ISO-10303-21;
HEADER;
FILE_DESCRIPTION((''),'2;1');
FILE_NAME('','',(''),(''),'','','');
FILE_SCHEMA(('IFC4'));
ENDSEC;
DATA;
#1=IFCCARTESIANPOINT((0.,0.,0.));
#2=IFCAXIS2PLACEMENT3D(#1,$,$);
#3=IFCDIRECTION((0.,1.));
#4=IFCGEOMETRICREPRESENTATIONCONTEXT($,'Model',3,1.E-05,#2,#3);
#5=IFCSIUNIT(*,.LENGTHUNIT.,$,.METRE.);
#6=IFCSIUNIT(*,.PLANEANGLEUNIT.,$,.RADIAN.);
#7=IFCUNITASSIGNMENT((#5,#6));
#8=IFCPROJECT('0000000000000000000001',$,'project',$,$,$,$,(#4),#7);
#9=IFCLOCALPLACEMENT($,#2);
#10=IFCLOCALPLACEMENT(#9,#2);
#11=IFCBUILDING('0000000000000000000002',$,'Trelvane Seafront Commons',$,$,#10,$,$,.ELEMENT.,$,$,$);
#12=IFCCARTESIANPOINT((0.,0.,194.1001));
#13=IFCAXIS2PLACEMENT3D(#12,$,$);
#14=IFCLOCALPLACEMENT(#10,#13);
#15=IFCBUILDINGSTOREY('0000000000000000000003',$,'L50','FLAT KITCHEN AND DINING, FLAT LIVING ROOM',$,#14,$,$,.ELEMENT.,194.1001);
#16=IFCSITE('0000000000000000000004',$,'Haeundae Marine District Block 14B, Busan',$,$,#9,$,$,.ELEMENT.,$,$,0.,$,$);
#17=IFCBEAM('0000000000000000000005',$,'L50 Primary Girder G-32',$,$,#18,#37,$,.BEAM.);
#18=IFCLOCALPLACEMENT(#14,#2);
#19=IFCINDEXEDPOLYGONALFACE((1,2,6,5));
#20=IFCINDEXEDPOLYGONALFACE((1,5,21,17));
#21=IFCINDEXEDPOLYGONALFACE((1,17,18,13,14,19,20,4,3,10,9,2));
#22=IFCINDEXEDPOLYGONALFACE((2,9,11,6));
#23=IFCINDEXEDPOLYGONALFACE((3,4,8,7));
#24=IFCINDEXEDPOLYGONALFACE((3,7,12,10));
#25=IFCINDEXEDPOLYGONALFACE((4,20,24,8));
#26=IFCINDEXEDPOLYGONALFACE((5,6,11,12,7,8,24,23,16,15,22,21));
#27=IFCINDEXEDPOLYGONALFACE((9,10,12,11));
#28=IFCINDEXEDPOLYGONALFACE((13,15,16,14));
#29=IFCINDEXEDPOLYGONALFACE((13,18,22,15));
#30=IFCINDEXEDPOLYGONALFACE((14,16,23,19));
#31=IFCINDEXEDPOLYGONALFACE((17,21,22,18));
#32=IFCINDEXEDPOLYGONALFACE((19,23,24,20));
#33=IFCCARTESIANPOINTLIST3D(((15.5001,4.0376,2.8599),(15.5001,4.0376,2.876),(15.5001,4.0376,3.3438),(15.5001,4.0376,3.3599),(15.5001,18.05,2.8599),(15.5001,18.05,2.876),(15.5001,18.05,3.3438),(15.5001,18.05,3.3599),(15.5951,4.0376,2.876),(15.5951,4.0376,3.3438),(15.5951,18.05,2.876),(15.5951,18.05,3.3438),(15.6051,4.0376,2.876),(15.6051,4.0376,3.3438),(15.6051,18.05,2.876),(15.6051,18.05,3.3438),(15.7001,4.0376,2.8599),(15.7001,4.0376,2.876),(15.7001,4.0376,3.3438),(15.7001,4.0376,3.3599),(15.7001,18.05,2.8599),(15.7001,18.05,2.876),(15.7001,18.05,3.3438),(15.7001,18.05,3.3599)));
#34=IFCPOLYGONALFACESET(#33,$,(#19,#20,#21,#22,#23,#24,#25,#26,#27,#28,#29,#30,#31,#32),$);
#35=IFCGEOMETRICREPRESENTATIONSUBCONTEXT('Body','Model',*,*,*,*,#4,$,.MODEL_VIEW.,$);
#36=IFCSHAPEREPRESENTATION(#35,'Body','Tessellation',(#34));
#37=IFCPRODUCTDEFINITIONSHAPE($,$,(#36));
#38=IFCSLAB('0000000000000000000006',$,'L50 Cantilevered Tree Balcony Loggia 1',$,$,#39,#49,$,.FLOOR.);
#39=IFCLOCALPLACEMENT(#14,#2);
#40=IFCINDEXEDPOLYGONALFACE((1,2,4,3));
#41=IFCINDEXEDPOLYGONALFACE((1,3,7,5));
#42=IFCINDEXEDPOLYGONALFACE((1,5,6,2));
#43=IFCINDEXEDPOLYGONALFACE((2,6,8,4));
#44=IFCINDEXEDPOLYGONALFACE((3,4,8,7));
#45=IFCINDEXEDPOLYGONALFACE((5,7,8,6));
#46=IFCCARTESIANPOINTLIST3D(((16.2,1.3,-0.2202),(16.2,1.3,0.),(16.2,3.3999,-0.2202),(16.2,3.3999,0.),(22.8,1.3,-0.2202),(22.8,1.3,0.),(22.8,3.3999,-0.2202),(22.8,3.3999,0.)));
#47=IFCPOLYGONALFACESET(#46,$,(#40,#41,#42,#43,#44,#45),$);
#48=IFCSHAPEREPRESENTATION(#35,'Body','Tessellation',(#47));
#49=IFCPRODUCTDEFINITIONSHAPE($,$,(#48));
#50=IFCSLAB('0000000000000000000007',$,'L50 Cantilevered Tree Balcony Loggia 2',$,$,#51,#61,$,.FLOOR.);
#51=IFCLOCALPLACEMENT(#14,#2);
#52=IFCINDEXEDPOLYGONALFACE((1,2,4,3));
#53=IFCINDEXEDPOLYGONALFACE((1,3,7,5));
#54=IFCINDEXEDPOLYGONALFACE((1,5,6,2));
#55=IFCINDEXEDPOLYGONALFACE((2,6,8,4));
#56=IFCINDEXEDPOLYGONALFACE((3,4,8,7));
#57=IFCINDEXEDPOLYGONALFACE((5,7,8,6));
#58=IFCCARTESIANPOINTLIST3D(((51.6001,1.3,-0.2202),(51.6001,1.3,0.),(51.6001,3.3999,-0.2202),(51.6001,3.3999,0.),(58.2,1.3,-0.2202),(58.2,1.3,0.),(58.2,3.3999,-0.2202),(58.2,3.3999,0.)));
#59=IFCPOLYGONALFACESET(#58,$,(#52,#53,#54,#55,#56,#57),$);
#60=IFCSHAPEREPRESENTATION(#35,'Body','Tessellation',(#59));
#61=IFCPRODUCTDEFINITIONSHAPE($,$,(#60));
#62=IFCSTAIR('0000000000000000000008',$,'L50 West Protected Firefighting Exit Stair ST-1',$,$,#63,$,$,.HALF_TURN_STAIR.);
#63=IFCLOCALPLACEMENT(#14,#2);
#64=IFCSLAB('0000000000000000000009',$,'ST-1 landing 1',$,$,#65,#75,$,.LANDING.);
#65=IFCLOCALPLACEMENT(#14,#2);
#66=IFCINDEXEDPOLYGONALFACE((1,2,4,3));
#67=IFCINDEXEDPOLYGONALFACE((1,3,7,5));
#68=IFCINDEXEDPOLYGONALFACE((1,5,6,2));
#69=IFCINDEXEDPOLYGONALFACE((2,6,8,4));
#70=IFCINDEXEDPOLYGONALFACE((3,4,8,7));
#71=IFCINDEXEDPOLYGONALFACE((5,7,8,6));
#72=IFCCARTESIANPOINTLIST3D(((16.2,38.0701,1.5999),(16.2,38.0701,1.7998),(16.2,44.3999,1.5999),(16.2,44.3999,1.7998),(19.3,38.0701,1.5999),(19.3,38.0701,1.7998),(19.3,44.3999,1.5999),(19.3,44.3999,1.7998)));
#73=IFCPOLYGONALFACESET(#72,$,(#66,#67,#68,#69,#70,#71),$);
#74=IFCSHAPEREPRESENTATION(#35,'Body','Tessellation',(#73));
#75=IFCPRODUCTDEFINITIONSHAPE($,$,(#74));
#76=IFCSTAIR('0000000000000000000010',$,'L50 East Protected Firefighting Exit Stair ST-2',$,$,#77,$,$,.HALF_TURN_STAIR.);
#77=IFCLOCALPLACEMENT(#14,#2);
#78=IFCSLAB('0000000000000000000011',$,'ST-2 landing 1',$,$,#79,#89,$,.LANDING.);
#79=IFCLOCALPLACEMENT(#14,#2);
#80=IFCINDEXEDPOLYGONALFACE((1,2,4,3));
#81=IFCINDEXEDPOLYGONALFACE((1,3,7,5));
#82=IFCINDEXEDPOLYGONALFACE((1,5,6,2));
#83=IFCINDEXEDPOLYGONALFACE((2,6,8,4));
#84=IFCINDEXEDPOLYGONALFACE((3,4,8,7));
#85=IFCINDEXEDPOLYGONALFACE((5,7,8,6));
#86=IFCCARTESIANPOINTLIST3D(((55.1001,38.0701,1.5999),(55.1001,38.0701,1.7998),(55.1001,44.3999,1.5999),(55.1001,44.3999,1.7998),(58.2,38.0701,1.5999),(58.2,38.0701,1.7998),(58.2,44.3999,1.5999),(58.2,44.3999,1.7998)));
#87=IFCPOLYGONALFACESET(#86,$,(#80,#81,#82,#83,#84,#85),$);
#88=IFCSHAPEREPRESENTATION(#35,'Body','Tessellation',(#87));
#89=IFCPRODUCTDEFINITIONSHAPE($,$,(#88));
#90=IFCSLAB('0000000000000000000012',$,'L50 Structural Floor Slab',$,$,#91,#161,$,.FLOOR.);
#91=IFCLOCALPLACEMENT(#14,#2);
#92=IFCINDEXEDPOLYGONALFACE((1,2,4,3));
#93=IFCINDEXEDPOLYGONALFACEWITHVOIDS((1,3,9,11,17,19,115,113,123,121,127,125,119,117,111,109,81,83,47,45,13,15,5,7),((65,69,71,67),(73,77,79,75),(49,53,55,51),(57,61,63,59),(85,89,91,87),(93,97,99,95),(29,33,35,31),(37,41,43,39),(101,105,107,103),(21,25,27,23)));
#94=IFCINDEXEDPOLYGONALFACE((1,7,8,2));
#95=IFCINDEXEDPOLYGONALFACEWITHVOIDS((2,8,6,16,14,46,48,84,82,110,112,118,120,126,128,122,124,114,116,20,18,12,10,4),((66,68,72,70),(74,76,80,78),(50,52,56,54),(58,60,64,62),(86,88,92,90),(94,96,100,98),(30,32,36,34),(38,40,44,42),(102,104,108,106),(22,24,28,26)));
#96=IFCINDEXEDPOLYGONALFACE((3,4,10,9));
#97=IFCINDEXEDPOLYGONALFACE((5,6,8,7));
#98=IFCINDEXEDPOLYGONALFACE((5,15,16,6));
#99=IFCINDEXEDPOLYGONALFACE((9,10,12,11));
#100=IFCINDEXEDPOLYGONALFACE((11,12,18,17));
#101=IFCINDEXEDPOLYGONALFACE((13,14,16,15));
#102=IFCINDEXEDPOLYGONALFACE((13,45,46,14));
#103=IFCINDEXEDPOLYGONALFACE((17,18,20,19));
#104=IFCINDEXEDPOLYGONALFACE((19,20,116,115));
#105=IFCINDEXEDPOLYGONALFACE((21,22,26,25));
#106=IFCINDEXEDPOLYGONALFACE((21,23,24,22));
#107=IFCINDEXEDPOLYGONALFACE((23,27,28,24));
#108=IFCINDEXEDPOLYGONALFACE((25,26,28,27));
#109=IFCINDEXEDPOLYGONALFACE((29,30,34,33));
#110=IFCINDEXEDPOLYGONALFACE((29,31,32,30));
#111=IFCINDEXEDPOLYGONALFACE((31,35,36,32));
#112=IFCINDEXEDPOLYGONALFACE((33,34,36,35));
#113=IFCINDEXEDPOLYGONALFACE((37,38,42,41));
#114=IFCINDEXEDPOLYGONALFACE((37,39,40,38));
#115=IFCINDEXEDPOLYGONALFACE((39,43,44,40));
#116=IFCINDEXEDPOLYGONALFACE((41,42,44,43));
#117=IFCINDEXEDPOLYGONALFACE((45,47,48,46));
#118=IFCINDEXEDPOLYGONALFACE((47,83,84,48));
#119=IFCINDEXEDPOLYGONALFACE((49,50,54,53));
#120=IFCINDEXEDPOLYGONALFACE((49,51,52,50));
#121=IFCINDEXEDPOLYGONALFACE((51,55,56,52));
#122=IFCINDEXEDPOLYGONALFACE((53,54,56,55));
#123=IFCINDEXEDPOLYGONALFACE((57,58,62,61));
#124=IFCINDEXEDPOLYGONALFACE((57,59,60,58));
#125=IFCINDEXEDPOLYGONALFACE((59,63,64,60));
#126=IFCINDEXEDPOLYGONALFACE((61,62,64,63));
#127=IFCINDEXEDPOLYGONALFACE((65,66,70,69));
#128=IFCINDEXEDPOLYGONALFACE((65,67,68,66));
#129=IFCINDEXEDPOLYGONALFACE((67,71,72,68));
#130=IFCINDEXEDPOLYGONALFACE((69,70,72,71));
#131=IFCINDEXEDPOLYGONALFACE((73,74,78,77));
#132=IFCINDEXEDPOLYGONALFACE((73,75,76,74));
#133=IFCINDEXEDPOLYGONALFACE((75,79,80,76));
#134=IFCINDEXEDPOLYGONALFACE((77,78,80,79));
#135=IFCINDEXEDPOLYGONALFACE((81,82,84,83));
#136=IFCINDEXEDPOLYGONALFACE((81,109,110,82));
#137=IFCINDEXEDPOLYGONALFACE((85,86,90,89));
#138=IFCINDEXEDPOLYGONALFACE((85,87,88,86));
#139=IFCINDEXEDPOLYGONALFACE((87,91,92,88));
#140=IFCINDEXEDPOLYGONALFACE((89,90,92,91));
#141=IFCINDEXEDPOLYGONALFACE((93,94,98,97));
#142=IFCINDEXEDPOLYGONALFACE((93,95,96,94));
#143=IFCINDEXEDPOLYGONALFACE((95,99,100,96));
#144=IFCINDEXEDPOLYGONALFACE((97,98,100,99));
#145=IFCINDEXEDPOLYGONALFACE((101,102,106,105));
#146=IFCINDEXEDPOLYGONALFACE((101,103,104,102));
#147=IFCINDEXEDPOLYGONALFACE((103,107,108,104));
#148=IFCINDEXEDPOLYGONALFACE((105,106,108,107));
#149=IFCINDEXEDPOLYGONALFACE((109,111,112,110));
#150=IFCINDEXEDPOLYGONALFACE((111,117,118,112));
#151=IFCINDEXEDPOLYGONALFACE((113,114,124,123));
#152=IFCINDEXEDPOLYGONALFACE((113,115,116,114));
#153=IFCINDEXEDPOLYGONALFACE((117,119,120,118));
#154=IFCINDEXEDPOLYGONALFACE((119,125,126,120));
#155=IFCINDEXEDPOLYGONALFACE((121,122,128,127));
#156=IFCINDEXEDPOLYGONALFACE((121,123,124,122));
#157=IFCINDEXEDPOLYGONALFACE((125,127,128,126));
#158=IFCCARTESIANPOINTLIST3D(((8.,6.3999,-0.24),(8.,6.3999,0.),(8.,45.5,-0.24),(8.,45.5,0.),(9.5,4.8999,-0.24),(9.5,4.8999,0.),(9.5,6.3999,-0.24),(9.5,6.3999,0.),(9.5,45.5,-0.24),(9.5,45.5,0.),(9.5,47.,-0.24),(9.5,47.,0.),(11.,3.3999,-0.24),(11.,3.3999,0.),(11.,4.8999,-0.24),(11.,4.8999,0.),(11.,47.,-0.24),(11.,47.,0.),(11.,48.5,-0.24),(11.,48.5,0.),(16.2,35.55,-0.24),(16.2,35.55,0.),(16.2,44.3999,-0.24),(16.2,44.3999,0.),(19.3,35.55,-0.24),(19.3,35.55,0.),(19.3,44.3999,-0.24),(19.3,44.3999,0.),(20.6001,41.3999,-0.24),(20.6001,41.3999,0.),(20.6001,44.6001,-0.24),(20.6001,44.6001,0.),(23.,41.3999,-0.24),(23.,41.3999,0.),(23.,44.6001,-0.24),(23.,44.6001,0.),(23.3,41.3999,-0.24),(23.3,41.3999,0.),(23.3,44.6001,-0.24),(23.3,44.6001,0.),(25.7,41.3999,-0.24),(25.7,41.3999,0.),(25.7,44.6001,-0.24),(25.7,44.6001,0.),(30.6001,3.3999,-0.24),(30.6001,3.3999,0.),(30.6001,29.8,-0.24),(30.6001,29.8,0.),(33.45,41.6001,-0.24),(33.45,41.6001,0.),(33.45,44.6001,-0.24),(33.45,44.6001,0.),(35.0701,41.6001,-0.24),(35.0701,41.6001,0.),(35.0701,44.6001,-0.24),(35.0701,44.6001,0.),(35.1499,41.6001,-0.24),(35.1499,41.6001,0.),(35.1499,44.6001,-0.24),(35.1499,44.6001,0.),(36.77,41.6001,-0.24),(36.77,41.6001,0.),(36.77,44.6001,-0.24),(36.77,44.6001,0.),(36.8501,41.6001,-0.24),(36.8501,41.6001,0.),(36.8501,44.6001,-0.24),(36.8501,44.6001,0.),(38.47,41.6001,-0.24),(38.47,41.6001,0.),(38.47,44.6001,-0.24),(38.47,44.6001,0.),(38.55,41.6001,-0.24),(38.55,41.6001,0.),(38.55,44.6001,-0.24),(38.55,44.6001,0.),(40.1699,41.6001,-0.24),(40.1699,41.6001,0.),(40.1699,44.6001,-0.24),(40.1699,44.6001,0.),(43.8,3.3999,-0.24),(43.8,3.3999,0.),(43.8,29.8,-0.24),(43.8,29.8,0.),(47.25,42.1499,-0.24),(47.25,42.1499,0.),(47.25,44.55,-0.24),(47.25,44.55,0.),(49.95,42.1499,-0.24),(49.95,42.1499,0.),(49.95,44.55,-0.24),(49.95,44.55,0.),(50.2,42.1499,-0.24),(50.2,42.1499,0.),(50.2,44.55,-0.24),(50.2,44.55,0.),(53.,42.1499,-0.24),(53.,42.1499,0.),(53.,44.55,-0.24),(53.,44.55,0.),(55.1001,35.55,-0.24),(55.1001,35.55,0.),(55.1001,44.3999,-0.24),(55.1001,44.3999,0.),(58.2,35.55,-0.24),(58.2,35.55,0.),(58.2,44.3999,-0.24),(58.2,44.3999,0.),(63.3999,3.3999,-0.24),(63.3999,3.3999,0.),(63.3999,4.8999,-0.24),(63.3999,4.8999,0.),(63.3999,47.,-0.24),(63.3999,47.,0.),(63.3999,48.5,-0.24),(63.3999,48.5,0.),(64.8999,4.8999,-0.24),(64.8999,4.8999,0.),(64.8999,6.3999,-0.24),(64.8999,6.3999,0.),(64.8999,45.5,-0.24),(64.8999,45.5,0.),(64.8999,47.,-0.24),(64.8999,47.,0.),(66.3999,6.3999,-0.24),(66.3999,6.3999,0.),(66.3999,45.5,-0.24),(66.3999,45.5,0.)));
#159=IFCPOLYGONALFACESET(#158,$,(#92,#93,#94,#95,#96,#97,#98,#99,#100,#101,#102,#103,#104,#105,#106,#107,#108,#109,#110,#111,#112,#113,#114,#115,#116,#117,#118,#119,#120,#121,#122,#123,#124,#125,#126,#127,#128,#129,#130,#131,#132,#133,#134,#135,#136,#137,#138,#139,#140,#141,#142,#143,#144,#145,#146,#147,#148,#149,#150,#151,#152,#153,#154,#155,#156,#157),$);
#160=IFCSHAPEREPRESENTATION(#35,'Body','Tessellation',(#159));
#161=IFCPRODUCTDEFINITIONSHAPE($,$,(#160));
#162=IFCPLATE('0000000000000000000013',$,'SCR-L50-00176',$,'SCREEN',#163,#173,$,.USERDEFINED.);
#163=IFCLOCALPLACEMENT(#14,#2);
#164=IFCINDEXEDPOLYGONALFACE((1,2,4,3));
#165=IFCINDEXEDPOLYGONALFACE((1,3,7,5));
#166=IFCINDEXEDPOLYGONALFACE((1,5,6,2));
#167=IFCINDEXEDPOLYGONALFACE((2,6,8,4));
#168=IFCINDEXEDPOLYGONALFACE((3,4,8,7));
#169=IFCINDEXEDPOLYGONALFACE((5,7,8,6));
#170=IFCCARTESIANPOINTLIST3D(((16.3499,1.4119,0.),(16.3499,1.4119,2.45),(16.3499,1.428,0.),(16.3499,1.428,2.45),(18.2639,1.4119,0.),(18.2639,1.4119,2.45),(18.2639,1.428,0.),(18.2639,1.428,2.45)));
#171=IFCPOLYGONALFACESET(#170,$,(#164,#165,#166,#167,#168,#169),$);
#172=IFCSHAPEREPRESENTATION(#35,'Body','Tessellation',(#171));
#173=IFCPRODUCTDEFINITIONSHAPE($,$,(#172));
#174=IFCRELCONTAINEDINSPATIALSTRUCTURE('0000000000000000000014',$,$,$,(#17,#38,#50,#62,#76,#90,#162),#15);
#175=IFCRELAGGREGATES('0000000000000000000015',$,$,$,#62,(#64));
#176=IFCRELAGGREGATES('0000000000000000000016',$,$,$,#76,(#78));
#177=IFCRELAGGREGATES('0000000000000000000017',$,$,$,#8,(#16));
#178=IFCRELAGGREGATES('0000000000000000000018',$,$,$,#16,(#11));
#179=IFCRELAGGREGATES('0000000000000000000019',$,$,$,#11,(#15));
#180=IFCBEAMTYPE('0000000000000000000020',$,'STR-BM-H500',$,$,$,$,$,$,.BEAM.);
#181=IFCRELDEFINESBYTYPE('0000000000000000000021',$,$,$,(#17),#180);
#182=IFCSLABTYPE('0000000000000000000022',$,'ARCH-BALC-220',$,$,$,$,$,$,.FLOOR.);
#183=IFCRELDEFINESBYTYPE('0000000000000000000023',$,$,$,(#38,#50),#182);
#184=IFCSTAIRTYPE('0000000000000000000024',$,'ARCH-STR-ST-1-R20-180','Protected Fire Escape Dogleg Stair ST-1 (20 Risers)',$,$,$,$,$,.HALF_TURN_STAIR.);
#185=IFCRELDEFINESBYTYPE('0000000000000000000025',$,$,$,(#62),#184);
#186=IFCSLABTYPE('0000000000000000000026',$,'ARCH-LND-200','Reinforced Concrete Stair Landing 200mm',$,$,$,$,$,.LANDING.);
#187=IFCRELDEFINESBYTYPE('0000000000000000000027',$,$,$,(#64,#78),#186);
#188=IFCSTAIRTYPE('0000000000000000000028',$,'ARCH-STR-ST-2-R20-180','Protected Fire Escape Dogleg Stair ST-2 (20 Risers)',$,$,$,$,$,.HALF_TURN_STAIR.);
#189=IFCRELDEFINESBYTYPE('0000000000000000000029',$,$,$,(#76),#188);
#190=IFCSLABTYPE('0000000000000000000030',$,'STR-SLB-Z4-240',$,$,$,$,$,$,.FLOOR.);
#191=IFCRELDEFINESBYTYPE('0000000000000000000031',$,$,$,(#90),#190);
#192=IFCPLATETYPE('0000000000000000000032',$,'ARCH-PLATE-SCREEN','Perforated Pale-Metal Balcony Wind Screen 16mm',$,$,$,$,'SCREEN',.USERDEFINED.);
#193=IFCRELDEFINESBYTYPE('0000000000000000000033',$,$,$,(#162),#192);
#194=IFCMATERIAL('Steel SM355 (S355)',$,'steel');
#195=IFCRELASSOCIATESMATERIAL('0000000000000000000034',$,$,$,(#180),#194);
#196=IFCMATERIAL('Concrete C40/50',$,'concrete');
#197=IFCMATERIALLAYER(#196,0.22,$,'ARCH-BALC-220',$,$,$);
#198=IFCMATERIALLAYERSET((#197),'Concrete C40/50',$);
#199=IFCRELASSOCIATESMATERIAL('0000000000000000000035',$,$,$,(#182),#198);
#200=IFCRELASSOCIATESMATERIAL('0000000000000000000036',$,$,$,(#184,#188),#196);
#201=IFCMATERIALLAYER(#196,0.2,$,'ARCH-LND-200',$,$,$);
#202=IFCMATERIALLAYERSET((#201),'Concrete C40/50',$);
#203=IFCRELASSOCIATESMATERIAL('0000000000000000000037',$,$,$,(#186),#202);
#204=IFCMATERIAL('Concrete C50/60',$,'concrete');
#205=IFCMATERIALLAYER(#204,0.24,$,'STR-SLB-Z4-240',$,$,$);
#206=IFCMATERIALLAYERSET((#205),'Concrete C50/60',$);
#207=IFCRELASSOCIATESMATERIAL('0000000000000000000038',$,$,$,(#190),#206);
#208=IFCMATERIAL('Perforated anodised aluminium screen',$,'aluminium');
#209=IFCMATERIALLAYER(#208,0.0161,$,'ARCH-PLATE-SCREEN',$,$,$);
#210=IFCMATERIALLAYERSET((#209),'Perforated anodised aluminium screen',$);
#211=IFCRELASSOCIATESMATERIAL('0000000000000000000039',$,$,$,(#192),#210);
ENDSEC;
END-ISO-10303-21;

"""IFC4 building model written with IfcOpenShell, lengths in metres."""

from ifc_helpers import new_model, si_unit, direction, frame, origin, origin_2d, place, context, subcontext, project, spatial, polyline, rectangle, i_section, outline, extrude, source, transform, mapped, material, layer, layer_set, material_profile, profile_set, type_object, element, aggregate, save


model = new_model("IFC4")

# Units and contexts
model_context = context("Model", 3, precision=1e-05, world=origin(), true_north=direction((0.0, 1.0)))
body_context = subcontext(model_context, "Body", "Model", "MODEL_VIEW")
ifc_project = project(units=[si_unit("LENGTHUNIT", "METRE"), si_unit("PLANEANGLEUNIT", "RADIAN")], contexts=[model_context])

# Site, building, storey
site_placement = place(None, origin())
site = spatial("IfcSite", under=ifc_project, at=site_placement, Name="Haeundae Marine District Block 14B, Busan", CompositionType="ELEMENT", RefElevation=0.0)
building_placement = place(site_placement, origin())
building = spatial("IfcBuilding", under=site, at=building_placement, Name="Trelvane Seafront Commons", CompositionType="ELEMENT")
storey_placement = place(building_placement, frame((0.0, 0.0, 194.1001)))
storey = spatial("IfcBuildingStorey", under=building, at=storey_placement, Name="L50", Description="FLAT KITCHEN AND DINING, FLAT LIVING ROOM", CompositionType="ELEMENT", Elevation=194.1001)

# Shared definitions
ifc_material_1 = material(Name="Steel SM355 (S355)", Category="steel")

# Beam
ifc_material_profile_1 = material_profile(ifc_material_1, i_section(OverallWidth=0.2, OverallDepth=0.5, WebThickness=0.01, FlangeThickness=0.0161, at=origin_2d()), Name="H-500x200x10x16")
ifc_profile_set_1 = profile_set([ifc_material_profile_1], Name="Steel SM355 (S355)")
beam_type_1 = type_object("IfcBeamType", Name="STR-BM-H500", PredefinedType="BEAM", material=ifc_profile_set_1)
shared_shape_1 = source(origin(), body_context, "Body", "SweptSolid", [
    extrude(i_section(OverallWidth=0.2, OverallDepth=0.5, WebThickness=0.01, FlangeThickness=0.0161, at=origin_2d()), origin(), (0.0, 0.0, 1.0), 14.0125),
])
beam_1_placement = place(storey_placement, frame((15.6001, 4.0376, 3.1099), z_axis=(0.0, 1.0, 0.0), x_axis=(-1.0, 0.0, 0.0)))
element("IfcBeam", 1, at=beam_1_placement, inside=storey, type_object=beam_type_1, Name="L50 Primary Girder G-32", PredefinedType="BEAM", context=body_context, shape_type="MappedRepresentation", body=[
    mapped(shared_shape_1, transform((0.0, 0.0, 0.0), x_axis=(1.0, 0.0, 0.0), y_axis=(0.0, 1.0, 0.0), z_axis=(0.0, 0.0, 1.0), scale=1.0)),
])

# Slabs
ifc_material_2 = material(Name="Concrete C40/50", Category="concrete")
ifc_layer_1 = layer(ifc_material_2, 0.22, Name="ARCH-BALC-220")
ifc_layer_set_1 = layer_set([ifc_layer_1], Name="Concrete C40/50")
slab_type_1 = type_object("IfcSlabType", Name="ARCH-BALC-220", PredefinedType="FLOOR", material=ifc_layer_set_1)
slab_1_placement = place(storey_placement, frame((0.0, 0.0, -0.2202)))
element("IfcSlab", 2, at=slab_1_placement, inside=storey, type_object=slab_type_1, Name="L50 Cantilevered Tree Balcony Loggia 1", PredefinedType="FLOOR", context=body_context, shape_type="SweptSolid", body=[
    extrude(outline(polyline([(16.2, 1.3), (22.8, 1.3), (22.8, 3.3999), (16.2, 3.3999), (16.2, 1.3)])), origin(), (0.0, 0.0, 1.0), 0.2202),
])
slab_2_placement = place(storey_placement, frame((0.0, 0.0, -0.2202)))
element("IfcSlab", 3, at=slab_2_placement, inside=storey, type_object=slab_type_1, Name="L50 Cantilevered Tree Balcony Loggia 2", PredefinedType="FLOOR", context=body_context, shape_type="SweptSolid", body=[
    extrude(outline(polyline([(51.6001, 1.3), (58.2, 1.3), (58.2, 3.3999), (51.6001, 3.3999), (51.6001, 1.3)])), origin(), (0.0, 0.0, 1.0), 0.2202),
])

# Stairs, slabs
stair_type_1 = type_object("IfcStairType", Name="ARCH-STR-ST-1-R20-180", Description="Protected Fire Escape Dogleg Stair ST-1 (20 Risers)", PredefinedType="HALF_TURN_STAIR", material=ifc_material_2)
stair_1_placement = place(storey_placement, origin())
stair_1 = element("IfcStair", 4, at=stair_1_placement, inside=storey, type_object=stair_type_1, Name="L50 West Protected Firefighting Exit Stair ST-1", PredefinedType="HALF_TURN_STAIR")
ifc_layer_2 = layer(ifc_material_2, 0.2, Name="ARCH-LND-200")
ifc_layer_set_2 = layer_set([ifc_layer_2], Name="Concrete C40/50")
slab_type_2 = type_object("IfcSlabType", Name="ARCH-LND-200", Description="Reinforced Concrete Stair Landing 200mm", PredefinedType="LANDING", material=ifc_layer_set_2)
slab_3_placement = place(storey_placement, frame((0.0, 0.0, 1.5999)))
slab_3 = element("IfcSlab", 5, at=slab_3_placement, type_object=slab_type_2, Name="ST-1 landing 1", PredefinedType="LANDING", context=body_context, shape_type="SweptSolid", body=[
    extrude(outline(polyline([(19.3, 38.0701), (19.3, 44.3999), (16.2, 44.3999), (16.2, 38.0701), (19.3, 38.0701)])), origin(), (0.0, 0.0, 1.0), 0.2),
])
aggregate(stair_1, [slab_3])
stair_type_2 = type_object("IfcStairType", Name="ARCH-STR-ST-2-R20-180", Description="Protected Fire Escape Dogleg Stair ST-2 (20 Risers)", PredefinedType="HALF_TURN_STAIR", material=ifc_material_2)
stair_2_placement = place(storey_placement, origin())
stair_2 = element("IfcStair", 6, at=stair_2_placement, inside=storey, type_object=stair_type_2, Name="L50 East Protected Firefighting Exit Stair ST-2", PredefinedType="HALF_TURN_STAIR")
slab_4_placement = place(storey_placement, frame((0.0, 0.0, 1.5999)))
slab_4 = element("IfcSlab", 7, at=slab_4_placement, type_object=slab_type_2, Name="ST-2 landing 1", PredefinedType="LANDING", context=body_context, shape_type="SweptSolid", body=[
    extrude(outline(polyline([(58.2, 38.0701), (58.2, 44.3999), (55.1001, 44.3999), (55.1001, 38.0701), (58.2, 38.0701)])), origin(), (0.0, 0.0, 1.0), 0.2),
])
aggregate(stair_2, [slab_4])

# Slab
ifc_material_3 = material(Name="Concrete C50/60", Category="concrete")
ifc_layer_3 = layer(ifc_material_3, 0.24, Name="STR-SLB-Z4-240")
ifc_layer_set_3 = layer_set([ifc_layer_3], Name="Concrete C50/60")
slab_type_3 = type_object("IfcSlabType", Name="STR-SLB-Z4-240", PredefinedType="FLOOR", material=ifc_layer_set_3)
slab_5_placement = place(storey_placement, frame((0.0, 0.0, -0.24)))
element("IfcSlab", 8, at=slab_5_placement, inside=storey, type_object=slab_type_3, Name="L50 Structural Floor Slab", PredefinedType="FLOOR", context=body_context, shape_type="SweptSolid", body=[
    extrude(outline(polyline([(11.0, 3.3999), (30.6001, 3.3999), (30.6001, 29.8), (43.8, 29.8), (43.8, 3.3999), (63.3999, 3.3999), (63.3999, 4.8999), (64.8999, 4.8999), (64.8999, 6.3999), (66.3999, 6.3999), (66.3999, 45.5), (64.8999, 45.5), (64.8999, 47.0), (63.3999, 47.0), (63.3999, 48.5), (11.0, 48.5), (11.0, 47.0), (9.5, 47.0), (9.5, 45.5), (8.0, 45.5), (8.0, 6.3999), (9.5, 6.3999), (9.5, 4.8999), (11.0, 4.8999), (11.0, 3.3999)]), holes=[polyline([(19.3, 35.55), (16.2, 35.55), (16.2, 44.3999), (19.3, 44.3999), (19.3, 35.55)]), polyline([(58.2, 35.55), (55.1001, 35.55), (55.1001, 44.3999), (58.2, 44.3999), (58.2, 35.55)]), polyline([(23.0, 41.3999), (20.6001, 41.3999), (20.6001, 44.6001), (23.0, 44.6001), (23.0, 41.3999)]), polyline([(23.3, 41.3999), (23.3, 44.6001), (25.7, 44.6001), (25.7, 41.3999), (23.3, 41.3999)]), polyline([(33.45, 41.6001), (33.45, 44.6001), (35.0701, 44.6001), (35.0701, 41.6001), (33.45, 41.6001)]), polyline([(36.77, 41.6001), (35.1499, 41.6001), (35.1499, 44.6001), (36.77, 44.6001), (36.77, 41.6001)]), polyline([(38.47, 41.6001), (36.8501, 41.6001), (36.8501, 44.6001), (38.47, 44.6001), (38.47, 41.6001)]), polyline([(40.1699, 41.6001), (38.55, 41.6001), (38.55, 44.6001), (40.1699, 44.6001), (40.1699, 41.6001)]), polyline([(47.25, 42.1499), (47.25, 44.55), (49.95, 44.55), (49.95, 42.1499), (47.25, 42.1499)]), polyline([(50.2, 42.1499), (50.2, 44.55), (53.0, 44.55), (53.0, 42.1499), (50.2, 42.1499)])]), origin(), (0.0, 0.0, 1.0), 0.24),
])

# Plate
ifc_material_4 = material(Name="Perforated anodised aluminium screen", Category="aluminium")
ifc_layer_4 = layer(ifc_material_4, 0.0161, Name="ARCH-PLATE-SCREEN")
ifc_layer_set_4 = layer_set([ifc_layer_4], Name="Perforated anodised aluminium screen")
plate_type_1 = type_object("IfcPlateType", Name="ARCH-PLATE-SCREEN", Description="Perforated Pale-Metal Balcony Wind Screen 16mm", ElementType="SCREEN", PredefinedType="USERDEFINED", material=ifc_layer_set_4)
shared_shape_2 = source(origin(), body_context, "Body", "SweptSolid", [
    extrude(rectangle(XDim=1.9141, YDim=0.0161, at=origin_2d()), origin(), (0.0, 0.0, 1.0), 2.45),
])
plate_1_placement = place(storey_placement, frame((17.3069, 1.4199, 0.0), z_axis=(0.0, 0.0, 1.0), x_axis=(1.0, 0.0, 0.0)))
element("IfcPlate", 9, at=plate_1_placement, inside=storey, type_object=plate_type_1, Name="SCR-L50-00176", ObjectType="SCREEN", PredefinedType="USERDEFINED", context=body_context, shape_type="MappedRepresentation", body=[
    mapped(shared_shape_2, transform((0.0, 0.0, 0.0), x_axis=(1.0, 0.0, 0.0), y_axis=(0.0, 1.0, 0.0), z_axis=(0.0, 0.0, 1.0), scale=1.0)),
])

save(model, "model.ifc")
